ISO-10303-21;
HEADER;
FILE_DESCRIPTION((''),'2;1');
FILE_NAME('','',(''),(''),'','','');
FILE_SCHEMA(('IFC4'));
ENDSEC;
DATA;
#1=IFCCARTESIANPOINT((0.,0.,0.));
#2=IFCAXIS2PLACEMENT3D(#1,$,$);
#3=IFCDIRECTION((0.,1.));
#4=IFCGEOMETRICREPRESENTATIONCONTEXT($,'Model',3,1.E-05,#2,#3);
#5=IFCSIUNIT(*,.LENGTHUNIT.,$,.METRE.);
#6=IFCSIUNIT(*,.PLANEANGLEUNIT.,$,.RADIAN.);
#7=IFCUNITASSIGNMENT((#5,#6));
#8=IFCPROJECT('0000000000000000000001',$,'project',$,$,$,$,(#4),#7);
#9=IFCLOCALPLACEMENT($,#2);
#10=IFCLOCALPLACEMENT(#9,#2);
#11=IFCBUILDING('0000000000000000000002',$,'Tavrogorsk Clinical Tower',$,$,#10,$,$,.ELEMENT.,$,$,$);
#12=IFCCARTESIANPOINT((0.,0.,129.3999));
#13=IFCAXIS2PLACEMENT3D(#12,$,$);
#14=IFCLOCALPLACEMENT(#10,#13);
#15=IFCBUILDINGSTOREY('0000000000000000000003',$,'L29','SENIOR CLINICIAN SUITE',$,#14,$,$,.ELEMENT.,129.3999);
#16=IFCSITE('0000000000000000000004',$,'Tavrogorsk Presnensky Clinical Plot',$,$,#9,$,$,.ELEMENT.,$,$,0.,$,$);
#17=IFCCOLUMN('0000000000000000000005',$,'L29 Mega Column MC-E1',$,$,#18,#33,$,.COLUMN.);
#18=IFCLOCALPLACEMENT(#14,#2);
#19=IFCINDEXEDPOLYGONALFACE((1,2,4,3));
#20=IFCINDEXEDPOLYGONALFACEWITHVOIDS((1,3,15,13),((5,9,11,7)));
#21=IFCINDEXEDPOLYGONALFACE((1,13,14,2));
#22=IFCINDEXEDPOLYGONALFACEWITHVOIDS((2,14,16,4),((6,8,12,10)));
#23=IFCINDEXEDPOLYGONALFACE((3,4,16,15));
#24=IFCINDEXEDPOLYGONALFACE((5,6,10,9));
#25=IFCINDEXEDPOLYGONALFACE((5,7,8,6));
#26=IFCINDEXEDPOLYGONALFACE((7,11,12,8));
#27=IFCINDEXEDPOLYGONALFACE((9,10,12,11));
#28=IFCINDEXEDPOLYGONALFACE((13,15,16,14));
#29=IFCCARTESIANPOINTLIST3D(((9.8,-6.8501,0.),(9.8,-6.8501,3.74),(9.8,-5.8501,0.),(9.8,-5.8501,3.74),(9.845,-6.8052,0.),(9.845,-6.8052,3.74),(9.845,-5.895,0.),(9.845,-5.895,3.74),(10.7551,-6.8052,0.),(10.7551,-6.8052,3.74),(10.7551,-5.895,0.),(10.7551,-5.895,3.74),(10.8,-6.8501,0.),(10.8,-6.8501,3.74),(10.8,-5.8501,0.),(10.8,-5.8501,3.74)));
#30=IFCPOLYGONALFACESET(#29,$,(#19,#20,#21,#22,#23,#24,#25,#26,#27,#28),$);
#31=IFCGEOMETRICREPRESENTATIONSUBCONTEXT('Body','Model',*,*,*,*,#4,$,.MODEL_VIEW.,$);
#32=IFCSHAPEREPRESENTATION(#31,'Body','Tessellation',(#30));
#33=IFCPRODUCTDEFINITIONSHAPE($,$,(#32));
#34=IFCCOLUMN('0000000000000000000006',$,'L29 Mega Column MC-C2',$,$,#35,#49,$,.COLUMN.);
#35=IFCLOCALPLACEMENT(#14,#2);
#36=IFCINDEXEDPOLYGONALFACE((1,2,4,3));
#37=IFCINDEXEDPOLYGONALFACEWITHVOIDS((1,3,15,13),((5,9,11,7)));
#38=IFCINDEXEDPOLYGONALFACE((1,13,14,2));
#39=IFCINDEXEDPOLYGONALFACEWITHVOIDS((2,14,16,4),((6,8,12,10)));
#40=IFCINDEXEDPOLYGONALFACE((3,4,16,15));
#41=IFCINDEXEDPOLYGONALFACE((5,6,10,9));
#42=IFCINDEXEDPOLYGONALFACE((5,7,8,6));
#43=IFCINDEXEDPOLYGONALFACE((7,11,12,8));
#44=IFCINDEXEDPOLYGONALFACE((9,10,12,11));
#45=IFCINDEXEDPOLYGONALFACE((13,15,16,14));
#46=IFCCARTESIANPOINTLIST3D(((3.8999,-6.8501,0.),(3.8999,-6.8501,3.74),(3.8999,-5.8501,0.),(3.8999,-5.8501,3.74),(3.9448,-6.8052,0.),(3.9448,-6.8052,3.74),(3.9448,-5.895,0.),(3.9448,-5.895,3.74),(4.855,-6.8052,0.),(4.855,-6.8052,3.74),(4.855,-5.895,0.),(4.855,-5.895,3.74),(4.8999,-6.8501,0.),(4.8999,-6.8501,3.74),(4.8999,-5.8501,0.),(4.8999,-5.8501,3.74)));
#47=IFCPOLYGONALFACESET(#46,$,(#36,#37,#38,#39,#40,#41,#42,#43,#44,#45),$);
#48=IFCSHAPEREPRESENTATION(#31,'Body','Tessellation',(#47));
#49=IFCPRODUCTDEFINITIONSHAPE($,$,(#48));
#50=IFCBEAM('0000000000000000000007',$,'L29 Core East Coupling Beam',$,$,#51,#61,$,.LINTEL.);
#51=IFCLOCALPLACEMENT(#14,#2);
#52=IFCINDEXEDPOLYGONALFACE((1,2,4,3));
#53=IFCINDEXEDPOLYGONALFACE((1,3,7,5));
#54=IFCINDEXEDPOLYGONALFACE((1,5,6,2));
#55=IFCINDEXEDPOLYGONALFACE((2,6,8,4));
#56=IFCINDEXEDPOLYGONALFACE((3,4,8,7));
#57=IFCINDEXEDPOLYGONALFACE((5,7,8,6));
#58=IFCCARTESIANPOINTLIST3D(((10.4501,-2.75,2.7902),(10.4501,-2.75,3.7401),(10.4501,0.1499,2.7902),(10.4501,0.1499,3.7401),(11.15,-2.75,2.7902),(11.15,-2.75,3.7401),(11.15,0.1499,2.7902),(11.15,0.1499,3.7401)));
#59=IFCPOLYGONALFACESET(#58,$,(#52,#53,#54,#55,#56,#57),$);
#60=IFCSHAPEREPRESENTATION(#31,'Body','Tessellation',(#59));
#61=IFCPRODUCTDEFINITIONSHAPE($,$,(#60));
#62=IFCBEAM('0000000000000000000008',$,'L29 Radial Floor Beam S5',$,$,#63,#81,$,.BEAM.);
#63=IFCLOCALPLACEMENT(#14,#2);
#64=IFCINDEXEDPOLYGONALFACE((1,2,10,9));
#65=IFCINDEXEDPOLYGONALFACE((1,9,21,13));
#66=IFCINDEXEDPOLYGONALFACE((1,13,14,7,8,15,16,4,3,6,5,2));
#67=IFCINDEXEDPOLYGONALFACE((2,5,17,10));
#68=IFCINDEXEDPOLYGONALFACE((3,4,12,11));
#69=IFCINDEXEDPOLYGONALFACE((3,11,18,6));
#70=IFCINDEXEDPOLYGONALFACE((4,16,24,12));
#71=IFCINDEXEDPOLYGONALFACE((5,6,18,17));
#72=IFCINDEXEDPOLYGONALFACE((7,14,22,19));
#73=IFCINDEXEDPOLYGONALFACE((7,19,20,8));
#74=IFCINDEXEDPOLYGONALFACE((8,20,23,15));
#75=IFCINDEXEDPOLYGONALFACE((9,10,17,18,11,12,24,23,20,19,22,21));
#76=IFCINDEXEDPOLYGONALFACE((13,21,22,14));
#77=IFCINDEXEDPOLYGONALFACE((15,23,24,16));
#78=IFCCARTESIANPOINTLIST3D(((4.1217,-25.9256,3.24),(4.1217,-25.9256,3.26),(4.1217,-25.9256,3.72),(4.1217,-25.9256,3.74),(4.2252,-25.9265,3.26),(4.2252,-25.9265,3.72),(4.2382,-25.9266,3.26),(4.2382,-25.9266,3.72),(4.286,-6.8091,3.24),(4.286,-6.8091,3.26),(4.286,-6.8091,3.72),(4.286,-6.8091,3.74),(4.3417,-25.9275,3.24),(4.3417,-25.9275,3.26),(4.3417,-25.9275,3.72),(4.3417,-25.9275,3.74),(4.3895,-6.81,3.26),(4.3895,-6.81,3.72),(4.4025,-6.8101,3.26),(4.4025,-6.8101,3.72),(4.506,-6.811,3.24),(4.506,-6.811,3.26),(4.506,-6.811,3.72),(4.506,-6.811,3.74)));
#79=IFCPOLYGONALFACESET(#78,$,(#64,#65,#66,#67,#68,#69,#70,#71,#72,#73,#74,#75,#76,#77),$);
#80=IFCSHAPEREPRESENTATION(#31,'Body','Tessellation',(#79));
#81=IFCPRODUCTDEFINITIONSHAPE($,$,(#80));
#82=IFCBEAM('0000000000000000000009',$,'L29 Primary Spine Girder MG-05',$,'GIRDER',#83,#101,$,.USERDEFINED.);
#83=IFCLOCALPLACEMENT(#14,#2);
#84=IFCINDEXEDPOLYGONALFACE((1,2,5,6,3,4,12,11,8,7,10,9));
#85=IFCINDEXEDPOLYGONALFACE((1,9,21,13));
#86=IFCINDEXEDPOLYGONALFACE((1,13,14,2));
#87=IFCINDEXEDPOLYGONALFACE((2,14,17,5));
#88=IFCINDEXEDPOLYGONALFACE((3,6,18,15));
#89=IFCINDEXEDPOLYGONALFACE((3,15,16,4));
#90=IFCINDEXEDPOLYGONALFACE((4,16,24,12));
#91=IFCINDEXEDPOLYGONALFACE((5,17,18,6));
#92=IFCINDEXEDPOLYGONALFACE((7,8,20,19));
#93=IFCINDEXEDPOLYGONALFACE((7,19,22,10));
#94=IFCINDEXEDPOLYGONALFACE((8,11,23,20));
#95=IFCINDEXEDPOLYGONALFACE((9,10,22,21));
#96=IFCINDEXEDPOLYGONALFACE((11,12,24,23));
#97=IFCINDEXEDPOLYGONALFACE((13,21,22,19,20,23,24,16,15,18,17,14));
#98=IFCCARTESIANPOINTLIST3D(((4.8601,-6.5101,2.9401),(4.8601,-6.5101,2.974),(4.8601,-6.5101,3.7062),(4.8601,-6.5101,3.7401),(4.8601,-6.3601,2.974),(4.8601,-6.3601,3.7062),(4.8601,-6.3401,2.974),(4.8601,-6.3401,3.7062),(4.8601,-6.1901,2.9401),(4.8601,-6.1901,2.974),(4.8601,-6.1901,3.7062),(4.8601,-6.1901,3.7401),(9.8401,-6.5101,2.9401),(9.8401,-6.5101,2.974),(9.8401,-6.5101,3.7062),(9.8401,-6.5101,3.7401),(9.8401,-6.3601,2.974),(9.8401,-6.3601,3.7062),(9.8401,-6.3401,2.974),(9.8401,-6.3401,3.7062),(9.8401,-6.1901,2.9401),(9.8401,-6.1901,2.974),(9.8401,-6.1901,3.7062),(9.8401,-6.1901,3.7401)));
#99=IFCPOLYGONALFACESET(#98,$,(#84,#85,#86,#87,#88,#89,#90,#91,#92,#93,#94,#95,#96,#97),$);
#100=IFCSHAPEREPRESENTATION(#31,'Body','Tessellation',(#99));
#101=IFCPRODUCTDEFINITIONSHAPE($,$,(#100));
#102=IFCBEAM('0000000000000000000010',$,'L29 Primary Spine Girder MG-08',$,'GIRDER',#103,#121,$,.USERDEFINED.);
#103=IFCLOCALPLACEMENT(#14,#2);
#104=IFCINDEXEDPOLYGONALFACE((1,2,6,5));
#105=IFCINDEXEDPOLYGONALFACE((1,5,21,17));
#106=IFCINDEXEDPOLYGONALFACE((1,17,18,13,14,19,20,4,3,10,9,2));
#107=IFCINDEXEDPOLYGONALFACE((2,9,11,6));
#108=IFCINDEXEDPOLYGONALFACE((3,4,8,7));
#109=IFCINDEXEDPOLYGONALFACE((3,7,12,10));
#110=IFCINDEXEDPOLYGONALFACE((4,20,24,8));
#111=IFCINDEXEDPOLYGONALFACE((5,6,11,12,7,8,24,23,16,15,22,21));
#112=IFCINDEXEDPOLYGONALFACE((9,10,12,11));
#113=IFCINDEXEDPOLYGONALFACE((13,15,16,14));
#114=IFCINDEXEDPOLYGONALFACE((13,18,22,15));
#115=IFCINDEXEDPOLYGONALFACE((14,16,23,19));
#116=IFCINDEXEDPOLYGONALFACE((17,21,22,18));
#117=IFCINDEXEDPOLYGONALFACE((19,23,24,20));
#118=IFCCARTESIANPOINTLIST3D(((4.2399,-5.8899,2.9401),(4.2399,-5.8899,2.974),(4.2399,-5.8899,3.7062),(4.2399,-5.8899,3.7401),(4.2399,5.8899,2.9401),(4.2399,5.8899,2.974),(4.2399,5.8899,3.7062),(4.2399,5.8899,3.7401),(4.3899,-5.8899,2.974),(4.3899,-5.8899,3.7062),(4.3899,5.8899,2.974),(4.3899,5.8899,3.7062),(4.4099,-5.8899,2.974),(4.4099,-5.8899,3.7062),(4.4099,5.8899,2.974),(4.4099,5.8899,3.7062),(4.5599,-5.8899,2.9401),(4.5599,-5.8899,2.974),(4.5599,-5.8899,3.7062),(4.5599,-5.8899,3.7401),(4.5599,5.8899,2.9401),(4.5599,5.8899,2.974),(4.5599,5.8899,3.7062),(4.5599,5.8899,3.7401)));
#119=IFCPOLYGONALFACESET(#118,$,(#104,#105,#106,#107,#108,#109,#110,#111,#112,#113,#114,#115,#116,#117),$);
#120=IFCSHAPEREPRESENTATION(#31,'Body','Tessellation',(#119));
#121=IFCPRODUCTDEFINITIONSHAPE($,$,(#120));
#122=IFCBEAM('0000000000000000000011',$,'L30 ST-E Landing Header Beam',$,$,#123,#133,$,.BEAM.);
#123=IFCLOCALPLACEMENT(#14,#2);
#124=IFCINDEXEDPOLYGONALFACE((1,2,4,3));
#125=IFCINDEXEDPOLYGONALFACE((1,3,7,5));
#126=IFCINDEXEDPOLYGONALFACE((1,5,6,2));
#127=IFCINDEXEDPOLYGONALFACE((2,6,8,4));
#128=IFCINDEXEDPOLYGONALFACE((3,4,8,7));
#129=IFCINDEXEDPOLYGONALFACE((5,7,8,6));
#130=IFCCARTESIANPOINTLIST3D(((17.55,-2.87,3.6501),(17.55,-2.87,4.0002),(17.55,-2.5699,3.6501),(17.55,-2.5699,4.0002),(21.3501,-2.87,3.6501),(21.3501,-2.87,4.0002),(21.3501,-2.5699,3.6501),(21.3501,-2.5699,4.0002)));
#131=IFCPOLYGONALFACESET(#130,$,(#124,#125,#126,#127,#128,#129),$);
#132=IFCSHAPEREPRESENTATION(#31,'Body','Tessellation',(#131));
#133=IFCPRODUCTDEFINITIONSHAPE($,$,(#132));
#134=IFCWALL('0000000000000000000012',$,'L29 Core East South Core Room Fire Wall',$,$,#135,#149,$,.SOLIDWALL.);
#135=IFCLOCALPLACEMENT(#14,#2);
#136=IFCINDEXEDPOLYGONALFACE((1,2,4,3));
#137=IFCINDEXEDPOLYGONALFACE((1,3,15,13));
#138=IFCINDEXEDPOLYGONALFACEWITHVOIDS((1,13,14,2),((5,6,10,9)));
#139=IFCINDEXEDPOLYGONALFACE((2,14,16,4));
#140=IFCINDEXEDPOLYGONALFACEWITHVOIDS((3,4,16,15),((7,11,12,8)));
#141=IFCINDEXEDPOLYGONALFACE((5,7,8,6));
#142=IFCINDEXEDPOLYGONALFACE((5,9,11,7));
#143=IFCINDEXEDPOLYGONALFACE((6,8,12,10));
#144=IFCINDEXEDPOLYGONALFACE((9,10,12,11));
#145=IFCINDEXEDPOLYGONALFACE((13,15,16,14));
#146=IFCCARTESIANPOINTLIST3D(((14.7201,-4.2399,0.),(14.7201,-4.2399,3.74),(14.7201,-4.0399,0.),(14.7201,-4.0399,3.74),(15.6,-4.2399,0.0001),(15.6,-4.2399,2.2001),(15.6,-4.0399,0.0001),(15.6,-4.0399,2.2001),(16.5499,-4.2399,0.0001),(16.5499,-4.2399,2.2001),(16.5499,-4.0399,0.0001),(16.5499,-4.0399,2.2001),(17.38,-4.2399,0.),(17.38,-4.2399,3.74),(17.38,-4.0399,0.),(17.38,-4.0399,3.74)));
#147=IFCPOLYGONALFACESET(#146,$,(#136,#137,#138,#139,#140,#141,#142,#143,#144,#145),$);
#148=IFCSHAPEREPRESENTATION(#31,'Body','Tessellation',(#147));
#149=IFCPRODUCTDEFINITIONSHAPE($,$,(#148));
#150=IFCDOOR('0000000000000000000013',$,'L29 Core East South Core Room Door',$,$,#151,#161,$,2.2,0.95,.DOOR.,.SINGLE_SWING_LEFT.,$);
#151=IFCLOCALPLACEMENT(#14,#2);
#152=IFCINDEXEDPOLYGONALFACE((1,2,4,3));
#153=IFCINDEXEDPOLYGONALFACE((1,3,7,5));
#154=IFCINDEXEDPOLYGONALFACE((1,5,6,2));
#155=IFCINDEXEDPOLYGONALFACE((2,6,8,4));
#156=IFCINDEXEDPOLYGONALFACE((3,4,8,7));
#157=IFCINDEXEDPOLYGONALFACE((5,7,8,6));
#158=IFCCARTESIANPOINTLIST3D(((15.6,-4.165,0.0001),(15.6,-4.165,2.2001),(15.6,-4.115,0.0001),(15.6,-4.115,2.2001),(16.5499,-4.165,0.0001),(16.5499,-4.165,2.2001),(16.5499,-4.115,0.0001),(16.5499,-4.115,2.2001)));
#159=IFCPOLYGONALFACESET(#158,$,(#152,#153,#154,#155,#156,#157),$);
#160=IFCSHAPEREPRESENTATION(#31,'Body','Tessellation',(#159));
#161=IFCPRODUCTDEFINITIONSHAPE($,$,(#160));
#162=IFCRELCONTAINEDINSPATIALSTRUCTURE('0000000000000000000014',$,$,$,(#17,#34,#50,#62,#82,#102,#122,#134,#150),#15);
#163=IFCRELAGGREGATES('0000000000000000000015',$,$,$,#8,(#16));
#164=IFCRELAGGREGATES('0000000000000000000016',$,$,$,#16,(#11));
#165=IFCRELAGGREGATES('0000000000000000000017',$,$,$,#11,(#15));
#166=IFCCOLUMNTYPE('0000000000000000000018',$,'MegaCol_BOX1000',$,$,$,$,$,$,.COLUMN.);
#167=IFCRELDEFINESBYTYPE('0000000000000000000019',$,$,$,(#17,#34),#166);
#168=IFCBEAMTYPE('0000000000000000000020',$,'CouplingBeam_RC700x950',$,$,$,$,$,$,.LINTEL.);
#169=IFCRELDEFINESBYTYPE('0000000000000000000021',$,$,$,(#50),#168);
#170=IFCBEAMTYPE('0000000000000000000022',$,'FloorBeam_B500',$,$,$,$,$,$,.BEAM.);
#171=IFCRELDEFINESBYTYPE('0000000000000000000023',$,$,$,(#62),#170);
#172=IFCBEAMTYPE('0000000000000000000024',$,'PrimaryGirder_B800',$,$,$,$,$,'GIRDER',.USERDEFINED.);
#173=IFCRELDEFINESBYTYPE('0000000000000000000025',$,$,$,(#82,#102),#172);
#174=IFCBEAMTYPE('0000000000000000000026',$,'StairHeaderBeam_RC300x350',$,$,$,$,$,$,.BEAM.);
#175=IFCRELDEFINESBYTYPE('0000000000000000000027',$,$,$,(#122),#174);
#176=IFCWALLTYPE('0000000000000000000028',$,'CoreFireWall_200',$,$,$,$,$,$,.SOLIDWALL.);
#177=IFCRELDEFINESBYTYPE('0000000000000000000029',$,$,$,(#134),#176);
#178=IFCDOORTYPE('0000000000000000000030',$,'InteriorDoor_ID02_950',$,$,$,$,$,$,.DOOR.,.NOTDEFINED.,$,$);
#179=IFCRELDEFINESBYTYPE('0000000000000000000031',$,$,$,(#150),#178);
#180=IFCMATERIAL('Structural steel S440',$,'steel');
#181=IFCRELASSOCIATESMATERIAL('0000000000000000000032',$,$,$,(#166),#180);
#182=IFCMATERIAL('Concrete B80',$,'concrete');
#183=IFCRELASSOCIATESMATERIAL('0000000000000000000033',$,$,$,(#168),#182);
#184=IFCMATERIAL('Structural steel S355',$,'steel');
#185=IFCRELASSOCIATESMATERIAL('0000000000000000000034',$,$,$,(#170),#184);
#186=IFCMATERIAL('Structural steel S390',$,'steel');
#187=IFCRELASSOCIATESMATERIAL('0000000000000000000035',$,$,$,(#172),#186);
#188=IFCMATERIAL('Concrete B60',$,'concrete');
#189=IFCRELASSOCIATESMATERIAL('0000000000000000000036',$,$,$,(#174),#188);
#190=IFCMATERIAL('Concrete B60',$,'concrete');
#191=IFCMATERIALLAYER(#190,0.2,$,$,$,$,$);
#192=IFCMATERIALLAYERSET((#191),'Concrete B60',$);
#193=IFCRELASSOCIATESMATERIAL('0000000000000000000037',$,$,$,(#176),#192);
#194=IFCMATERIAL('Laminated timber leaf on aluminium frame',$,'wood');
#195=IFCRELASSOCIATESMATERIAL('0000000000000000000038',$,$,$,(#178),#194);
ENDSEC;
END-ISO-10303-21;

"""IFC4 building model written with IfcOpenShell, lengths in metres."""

from ifc_helpers import new_model, si_unit, direction, frame, frame_2d, origin, origin_2d, place, context, subcontext, project, spatial, rectangle, hollow_rectangle, i_section, extrude, material, layer, layer_set, material_profile, profile_set, type_object, element, fill, save


model = new_model("IFC4")

# Units and contexts
model_context = context("Model", 3, precision=1e-05, world=origin(), true_north=direction((0.0, 1.0)))
body_context = subcontext(model_context, "Body", "Model", "MODEL_VIEW")
ifc_project = project(units=[si_unit("LENGTHUNIT", "METRE"), si_unit("PLANEANGLEUNIT", "RADIAN")], contexts=[model_context])

# Site, building, storey
site_placement = place(None, origin())
site = spatial("IfcSite", under=ifc_project, at=site_placement, Name="Tavrogorsk Presnensky Clinical Plot", CompositionType="ELEMENT", RefElevation=0.0)
building_placement = place(site_placement, origin())
building = spatial("IfcBuilding", under=site, at=building_placement, Name="Tavrogorsk Clinical Tower", CompositionType="ELEMENT")
storey_placement = place(building_placement, frame((0.0, 0.0, 129.3999)))
storey = spatial("IfcBuildingStorey", under=building, at=storey_placement, Name="L29", Description="SENIOR CLINICIAN SUITE", CompositionType="ELEMENT", Elevation=129.3999)

# Columns
ifc_material_1 = material(Name="Structural steel S440", Category="steel")
ifc_material_profile_1 = material_profile(ifc_material_1, hollow_rectangle(XDim=1.0, YDim=1.0, WallThickness=0.0449, at=origin_2d()), Name="BOX-1000x1000x45")
ifc_profile_set_1 = profile_set([ifc_material_profile_1], Name="Structural steel S440")
column_type = type_object("IfcColumnType", Name="MegaCol_BOX1000", PredefinedType="COLUMN", material=ifc_profile_set_1)
for number, where, z_axis, x_axis, name in (
    (1, (10.3, -6.3501, 0.0), (0.0, 0.0, 1.0), (1.0, 0.0, 0.0), "L29 Mega Column MC-E1"),
    (2, (4.3999, -6.3501, 0.0), (0.0, 0.0, 1.0), (1.0, 0.0, 0.0), "L29 Mega Column MC-C2"),
):
    element("IfcColumn", number, at=place(storey_placement, frame(where, z_axis=z_axis, x_axis=x_axis)), inside=storey, type_object=column_type, Name=name, PredefinedType="COLUMN", context=body_context, shape_type="SweptSolid", body=[
        extrude(hollow_rectangle(XDim=1.0, YDim=1.0, WallThickness=0.0449, at=origin_2d()), origin(), (0.0, 0.0, 1.0), 3.74),
    ])

# Beams
ifc_material_2 = material(Name="Concrete B80", Category="concrete")
ifc_material_profile_2 = material_profile(ifc_material_2, rectangle(XDim=0.7, YDim=0.95, at=origin_2d()), Name="RC-CB-700x950")
ifc_profile_set_2 = profile_set([ifc_material_profile_2], Name="Concrete B80")
beam_type_1 = type_object("IfcBeamType", Name="CouplingBeam_RC700x950", PredefinedType="LINTEL", material=ifc_profile_set_2)
beam_1_placement = place(storey_placement, frame((10.8, -2.75, 3.2651), z_axis=(0.0, 1.0, 0.0), x_axis=(-1.0, 0.0, 0.0)))
element("IfcBeam", 3, at=beam_1_placement, inside=storey, type_object=beam_type_1, Name="L29 Core East Coupling Beam", PredefinedType="LINTEL", context=body_context, shape_type="SweptSolid", body=[
    extrude(rectangle(XDim=0.7, YDim=0.95, at=origin_2d()), origin(), (0.0, 0.0, 1.0), 2.8999),
])
ifc_material_3 = material(Name="Structural steel S355", Category="steel")
ifc_material_profile_3 = material_profile(ifc_material_3, i_section(OverallWidth=0.22, OverallDepth=0.5, WebThickness=0.0129, FlangeThickness=0.02, at=origin_2d()), Name="B-500x220x13x20")
ifc_profile_set_3 = profile_set([ifc_material_profile_3], Name="Structural steel S355")
beam_type_2 = type_object("IfcBeamType", Name="FloorBeam_B500", PredefinedType="BEAM", material=ifc_profile_set_3)
beam_2_placement = place(storey_placement, frame((4.396, -6.8101, 3.49), z_axis=(-0.008595, -0.999963, 0.0), x_axis=(0.999963, -0.008595, 0.0)))
element("IfcBeam", 4, at=beam_2_placement, inside=storey, type_object=beam_type_2, Name="L29 Radial Floor Beam S5", PredefinedType="BEAM", context=body_context, shape_type="SweptSolid", body=[
    extrude(i_section(OverallWidth=0.22, OverallDepth=0.5, WebThickness=0.0129, FlangeThickness=0.02, at=origin_2d()), origin(), (0.0, 0.0, 1.0), 19.1172),
])
ifc_material_4 = material(Name="Structural steel S390", Category="steel")
ifc_material_profile_4 = material_profile(ifc_material_4, i_section(OverallWidth=0.3201, OverallDepth=0.8, WebThickness=0.02, FlangeThickness=0.0339, at=origin_2d()), Name="B-800x320x20x34")
ifc_profile_set_4 = profile_set([ifc_material_profile_4], Name="Structural steel S390")
beam_type_3 = type_object("IfcBeamType", Name="PrimaryGirder_B800", ElementType="GIRDER", PredefinedType="USERDEFINED", material=ifc_profile_set_4)
beam_3_placement = place(storey_placement, frame((4.8601, -6.3501, 3.3401), z_axis=(1.0, 0.0, 0.0), x_axis=(0.0, 1.0, 0.0)))
element("IfcBeam", 5, at=beam_3_placement, inside=storey, type_object=beam_type_3, Name="L29 Primary Spine Girder MG-05", ObjectType="GIRDER", PredefinedType="USERDEFINED", context=body_context, shape_type="SweptSolid", body=[
    extrude(i_section(OverallWidth=0.3201, OverallDepth=0.8, WebThickness=0.02, FlangeThickness=0.0339, at=origin_2d()), origin(), (0.0, 0.0, 1.0), 4.98),
])
beam_4_placement = place(storey_placement, frame((4.3999, -5.8899, 3.3401), z_axis=(0.0, 1.0, 0.0), x_axis=(-1.0, 0.0, 0.0)))
element("IfcBeam", 6, at=beam_4_placement, inside=storey, type_object=beam_type_3, Name="L29 Primary Spine Girder MG-08", ObjectType="GIRDER", PredefinedType="USERDEFINED", context=body_context, shape_type="SweptSolid", body=[
    extrude(i_section(OverallWidth=0.3201, OverallDepth=0.8, WebThickness=0.02, FlangeThickness=0.0339, at=origin_2d()), origin(), (0.0, 0.0, 1.0), 11.7798),
])
ifc_material_5 = material(Name="Concrete B60", Category="concrete")
ifc_material_profile_5 = material_profile(ifc_material_5, rectangle(XDim=0.3, YDim=0.3501, at=origin_2d()), Name="RC-SHB-300x350")
ifc_profile_set_5 = profile_set([ifc_material_profile_5], Name="Concrete B60")
beam_type_4 = type_object("IfcBeamType", Name="StairHeaderBeam_RC300x350", PredefinedType="BEAM", material=ifc_profile_set_5)
beam_5_placement = place(storey_placement, frame((17.55, -2.72, 3.8252), z_axis=(1.0, 0.0, 0.0), x_axis=(0.0, 1.0, 0.0)))
element("IfcBeam", 7, at=beam_5_placement, inside=storey, type_object=beam_type_4, Name="L30 ST-E Landing Header Beam", PredefinedType="BEAM", context=body_context, shape_type="SweptSolid", body=[
    extrude(rectangle(XDim=0.3, YDim=0.3501, at=origin_2d()), origin(), (0.0, 0.0, 1.0), 3.8),
])

# Wall, opening, door
ifc_material_6 = material(Name="Concrete B60", Category="concrete")
ifc_layer_1 = layer(ifc_material_6, 0.2)
ifc_layer_set_1 = layer_set([ifc_layer_1], Name="Concrete B60")
wall_type_1 = type_object("IfcWallType", Name="CoreFireWall_200", PredefinedType="SOLIDWALL", material=ifc_layer_set_1)
wall_1_placement = place(storey_placement, frame((14.72, -4.1399, 0.0), z_axis=(0.0, 0.0, 1.0), x_axis=(1.0, 0.0, 0.0)))
wall_1 = element("IfcWall", 8, at=wall_1_placement, inside=storey, type_object=wall_type_1, Name="L29 Core East South Core Room Fire Wall", PredefinedType="SOLIDWALL", context=body_context, shape_type="SweptSolid", body=[
    extrude(rectangle(XDim=2.6599, YDim=0.2, at=frame_2d((1.3301, 0.0))), origin(), (0.0, 0.0, 1.0), 3.74),
])
opening_1_placement = place(wall_1_placement, frame((0.8799, 0.0, 0.0)))
opening_1 = element("IfcOpeningElement", 9, at=opening_1_placement, cuts=wall_1, PredefinedType="OPENING", context=body_context, shape_type="SweptSolid", body=[
    extrude(rectangle(XDim=0.95, YDim=2.2, at=frame_2d((0.4751, 1.1001))), frame((0.0, 0.1099, 0.0), z_axis=(0.0, -1.0, 0.0), x_axis=(1.0, 0.0, 0.0)), (0.0, 0.0, 1.0), 0.22),
])
ifc_material_7 = material(Name="Laminated timber leaf on aluminium frame", Category="wood")
door_type_1 = type_object("IfcDoorType", Name="InteriorDoor_ID02_950", OperationType="NOTDEFINED", PredefinedType="DOOR", material=ifc_material_7)
door_1_placement = place(opening_1_placement, origin())
door_1 = element("IfcDoor", 10, at=door_1_placement, inside=storey, type_object=door_type_1, Name="L29 Core East South Core Room Door", OperationType="SINGLE_SWING_LEFT", OverallHeight=2.2, OverallWidth=0.95, PredefinedType="DOOR", context=body_context, shape_type="SweptSolid", body=[
    extrude(rectangle(XDim=0.95, YDim=2.2, at=frame_2d((0.4751, 1.1001))), frame((0.0, 0.0249, 0.0), z_axis=(0.0, -1.0, 0.0), x_axis=(1.0, 0.0, 0.0)), (0.0, 0.0, 1.0), 0.05),
])
fill(opening_1, door_1)

save(model, "model.ifc")
